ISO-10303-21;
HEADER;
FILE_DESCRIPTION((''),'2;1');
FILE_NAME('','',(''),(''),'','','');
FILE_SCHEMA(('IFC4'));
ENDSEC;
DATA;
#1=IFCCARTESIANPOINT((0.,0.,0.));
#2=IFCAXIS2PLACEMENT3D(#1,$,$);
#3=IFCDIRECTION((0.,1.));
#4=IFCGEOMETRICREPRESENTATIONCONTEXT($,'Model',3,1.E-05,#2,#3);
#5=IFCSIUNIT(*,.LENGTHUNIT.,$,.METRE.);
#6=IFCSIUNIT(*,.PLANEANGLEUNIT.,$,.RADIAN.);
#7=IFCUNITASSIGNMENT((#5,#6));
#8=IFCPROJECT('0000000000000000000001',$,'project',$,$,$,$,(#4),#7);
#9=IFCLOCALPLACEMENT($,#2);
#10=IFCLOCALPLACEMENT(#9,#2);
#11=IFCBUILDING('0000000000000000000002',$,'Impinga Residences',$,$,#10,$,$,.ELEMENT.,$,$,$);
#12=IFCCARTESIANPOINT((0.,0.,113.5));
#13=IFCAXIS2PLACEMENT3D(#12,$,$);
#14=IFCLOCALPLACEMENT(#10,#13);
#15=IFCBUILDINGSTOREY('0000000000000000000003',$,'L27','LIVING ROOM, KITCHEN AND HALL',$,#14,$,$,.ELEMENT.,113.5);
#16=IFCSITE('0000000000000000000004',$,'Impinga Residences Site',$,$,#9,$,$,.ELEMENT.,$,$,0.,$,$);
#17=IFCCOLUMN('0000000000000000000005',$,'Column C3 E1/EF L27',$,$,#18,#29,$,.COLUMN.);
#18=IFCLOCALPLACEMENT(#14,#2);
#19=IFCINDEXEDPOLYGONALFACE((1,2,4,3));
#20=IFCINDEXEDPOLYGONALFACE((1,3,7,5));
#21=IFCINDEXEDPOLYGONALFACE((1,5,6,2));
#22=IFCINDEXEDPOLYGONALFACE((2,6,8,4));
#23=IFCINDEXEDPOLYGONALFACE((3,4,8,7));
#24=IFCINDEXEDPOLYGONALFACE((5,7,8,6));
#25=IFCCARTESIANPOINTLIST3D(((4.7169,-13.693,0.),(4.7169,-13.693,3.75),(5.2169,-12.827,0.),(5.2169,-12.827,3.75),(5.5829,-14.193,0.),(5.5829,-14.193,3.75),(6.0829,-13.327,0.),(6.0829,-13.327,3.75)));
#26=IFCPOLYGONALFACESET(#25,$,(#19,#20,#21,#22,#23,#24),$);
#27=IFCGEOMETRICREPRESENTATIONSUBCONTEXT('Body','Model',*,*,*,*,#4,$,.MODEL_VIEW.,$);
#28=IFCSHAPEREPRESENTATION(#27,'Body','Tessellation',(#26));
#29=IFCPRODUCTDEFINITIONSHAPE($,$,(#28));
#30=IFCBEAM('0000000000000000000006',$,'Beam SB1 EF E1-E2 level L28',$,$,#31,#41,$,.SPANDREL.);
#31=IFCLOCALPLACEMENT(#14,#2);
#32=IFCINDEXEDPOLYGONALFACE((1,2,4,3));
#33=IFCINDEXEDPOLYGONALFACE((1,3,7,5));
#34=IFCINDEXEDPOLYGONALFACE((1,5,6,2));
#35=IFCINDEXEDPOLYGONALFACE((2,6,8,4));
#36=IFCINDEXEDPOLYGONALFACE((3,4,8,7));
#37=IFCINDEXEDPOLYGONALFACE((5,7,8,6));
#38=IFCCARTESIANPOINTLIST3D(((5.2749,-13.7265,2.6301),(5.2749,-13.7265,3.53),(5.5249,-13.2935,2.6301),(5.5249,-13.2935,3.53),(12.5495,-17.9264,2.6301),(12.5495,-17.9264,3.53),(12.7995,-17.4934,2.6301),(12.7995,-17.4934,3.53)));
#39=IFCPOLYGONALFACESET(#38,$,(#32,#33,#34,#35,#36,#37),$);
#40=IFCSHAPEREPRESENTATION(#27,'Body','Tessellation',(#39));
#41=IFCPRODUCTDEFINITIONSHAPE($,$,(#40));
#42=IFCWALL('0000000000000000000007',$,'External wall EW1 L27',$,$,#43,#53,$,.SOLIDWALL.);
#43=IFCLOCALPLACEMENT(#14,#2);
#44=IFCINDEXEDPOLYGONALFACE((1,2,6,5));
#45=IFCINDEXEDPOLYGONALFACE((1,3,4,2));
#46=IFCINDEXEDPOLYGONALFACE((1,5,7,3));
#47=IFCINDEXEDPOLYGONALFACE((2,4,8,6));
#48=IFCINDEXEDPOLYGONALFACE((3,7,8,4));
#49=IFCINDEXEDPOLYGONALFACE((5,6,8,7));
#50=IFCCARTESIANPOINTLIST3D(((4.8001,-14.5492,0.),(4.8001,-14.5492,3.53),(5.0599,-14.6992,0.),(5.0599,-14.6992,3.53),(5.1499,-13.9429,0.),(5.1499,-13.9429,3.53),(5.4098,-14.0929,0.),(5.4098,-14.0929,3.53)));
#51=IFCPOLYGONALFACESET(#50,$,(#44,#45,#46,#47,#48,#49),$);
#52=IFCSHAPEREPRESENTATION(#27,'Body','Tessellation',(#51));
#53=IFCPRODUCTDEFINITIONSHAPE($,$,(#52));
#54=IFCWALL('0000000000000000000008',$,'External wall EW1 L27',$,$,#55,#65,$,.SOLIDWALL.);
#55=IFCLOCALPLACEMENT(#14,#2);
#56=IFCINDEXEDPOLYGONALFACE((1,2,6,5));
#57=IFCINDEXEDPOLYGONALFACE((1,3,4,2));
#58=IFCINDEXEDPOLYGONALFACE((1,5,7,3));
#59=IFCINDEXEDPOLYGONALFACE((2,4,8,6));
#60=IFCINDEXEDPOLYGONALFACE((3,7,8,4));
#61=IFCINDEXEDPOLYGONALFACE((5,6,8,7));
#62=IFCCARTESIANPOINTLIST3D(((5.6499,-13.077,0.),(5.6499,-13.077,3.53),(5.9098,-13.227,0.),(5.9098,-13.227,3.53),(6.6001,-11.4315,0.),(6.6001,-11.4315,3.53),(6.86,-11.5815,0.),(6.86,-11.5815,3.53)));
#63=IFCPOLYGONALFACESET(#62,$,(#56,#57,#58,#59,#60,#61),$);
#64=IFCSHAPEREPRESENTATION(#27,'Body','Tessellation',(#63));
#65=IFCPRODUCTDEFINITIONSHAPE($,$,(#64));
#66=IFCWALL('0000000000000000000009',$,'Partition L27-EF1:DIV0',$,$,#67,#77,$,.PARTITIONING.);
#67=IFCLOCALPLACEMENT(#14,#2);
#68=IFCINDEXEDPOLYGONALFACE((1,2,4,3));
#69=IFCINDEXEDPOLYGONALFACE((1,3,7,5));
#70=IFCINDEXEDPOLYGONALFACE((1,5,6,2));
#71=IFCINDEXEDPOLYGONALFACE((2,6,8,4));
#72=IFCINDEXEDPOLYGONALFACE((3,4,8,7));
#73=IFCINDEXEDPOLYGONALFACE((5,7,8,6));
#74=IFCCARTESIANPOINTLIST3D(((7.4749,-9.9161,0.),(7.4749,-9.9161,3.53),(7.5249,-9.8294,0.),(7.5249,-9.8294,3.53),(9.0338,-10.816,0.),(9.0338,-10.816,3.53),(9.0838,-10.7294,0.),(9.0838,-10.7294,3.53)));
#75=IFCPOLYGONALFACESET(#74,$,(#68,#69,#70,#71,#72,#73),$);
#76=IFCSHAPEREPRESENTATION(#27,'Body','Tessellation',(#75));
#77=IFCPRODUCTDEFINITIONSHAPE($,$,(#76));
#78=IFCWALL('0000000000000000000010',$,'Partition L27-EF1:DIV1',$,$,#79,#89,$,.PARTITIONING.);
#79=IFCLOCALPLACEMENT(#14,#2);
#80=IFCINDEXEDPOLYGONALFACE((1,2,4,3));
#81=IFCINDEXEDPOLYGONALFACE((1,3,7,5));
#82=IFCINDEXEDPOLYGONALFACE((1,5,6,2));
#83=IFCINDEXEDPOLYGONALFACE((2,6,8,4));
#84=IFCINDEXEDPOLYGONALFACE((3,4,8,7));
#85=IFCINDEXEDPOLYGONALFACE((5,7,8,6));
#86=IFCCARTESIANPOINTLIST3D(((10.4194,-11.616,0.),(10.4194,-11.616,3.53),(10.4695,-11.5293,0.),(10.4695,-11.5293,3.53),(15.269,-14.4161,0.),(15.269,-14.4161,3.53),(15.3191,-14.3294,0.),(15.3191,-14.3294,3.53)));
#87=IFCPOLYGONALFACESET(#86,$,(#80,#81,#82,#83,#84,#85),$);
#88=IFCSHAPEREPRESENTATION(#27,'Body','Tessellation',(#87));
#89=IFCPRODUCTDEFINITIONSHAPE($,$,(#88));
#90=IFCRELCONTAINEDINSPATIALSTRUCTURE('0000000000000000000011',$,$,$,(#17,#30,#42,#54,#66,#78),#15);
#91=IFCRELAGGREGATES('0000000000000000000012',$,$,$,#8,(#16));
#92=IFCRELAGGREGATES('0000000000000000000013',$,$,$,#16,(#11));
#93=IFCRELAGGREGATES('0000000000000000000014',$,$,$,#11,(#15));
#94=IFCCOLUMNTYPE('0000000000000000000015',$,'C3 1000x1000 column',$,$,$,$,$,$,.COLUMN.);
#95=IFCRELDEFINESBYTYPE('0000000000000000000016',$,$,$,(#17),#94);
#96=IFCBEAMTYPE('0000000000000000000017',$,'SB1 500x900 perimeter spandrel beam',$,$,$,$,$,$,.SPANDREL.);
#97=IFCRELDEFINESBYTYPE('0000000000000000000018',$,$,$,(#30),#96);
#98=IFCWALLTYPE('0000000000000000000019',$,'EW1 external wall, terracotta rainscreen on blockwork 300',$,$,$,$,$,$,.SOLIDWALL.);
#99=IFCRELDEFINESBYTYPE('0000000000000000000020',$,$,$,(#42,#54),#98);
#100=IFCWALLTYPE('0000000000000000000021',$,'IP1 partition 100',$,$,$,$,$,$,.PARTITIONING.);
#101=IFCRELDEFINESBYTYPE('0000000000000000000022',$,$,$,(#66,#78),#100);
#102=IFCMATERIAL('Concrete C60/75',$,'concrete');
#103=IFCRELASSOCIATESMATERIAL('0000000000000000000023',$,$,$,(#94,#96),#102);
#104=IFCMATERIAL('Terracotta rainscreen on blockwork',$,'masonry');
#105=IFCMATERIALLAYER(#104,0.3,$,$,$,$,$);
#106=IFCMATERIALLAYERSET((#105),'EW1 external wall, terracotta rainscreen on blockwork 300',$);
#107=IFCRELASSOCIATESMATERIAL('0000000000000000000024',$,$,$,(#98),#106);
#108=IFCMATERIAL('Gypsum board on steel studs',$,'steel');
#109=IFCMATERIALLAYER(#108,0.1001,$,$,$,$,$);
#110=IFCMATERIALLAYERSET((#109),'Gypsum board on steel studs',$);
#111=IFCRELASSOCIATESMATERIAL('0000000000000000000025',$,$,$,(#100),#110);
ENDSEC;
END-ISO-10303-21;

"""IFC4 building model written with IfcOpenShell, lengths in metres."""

from ifc_helpers import new_model, si_unit, direction, frame, frame_2d, origin, origin_2d, place, context, subcontext, project, spatial, rectangle, extrude, material, layer, layer_set, material_profile, profile_set, type_object, element, save


model = new_model("IFC4")

# Units and contexts
model_context = context("Model", 3, precision=1e-05, world=origin(), true_north=direction((0.0, 1.0)))
body_context = subcontext(model_context, "Body", "Model", "MODEL_VIEW")
ifc_project = project(units=[si_unit("LENGTHUNIT", "METRE"), si_unit("PLANEANGLEUNIT", "RADIAN")], contexts=[model_context])

# Site, building, storey
site_placement = place(None, origin())
site = spatial("IfcSite", under=ifc_project, at=site_placement, Name="Impinga Residences Site", CompositionType="ELEMENT", RefElevation=0.0)
building_placement = place(site_placement, origin())
building = spatial("IfcBuilding", under=site, at=building_placement, Name="Impinga Residences", CompositionType="ELEMENT")
storey_placement = place(building_placement, frame((0.0, 0.0, 113.5)))
storey = spatial("IfcBuildingStorey", under=building, at=storey_placement, Name="L27", Description="LIVING ROOM, KITCHEN AND HALL", CompositionType="ELEMENT", Elevation=113.5)

# Column
ifc_material_1 = material(Name="Concrete C60/75", Category="concrete")
ifc_material_profile_1 = material_profile(ifc_material_1, rectangle(XDim=1.0, YDim=1.0, at=origin_2d()), Name="RC 1000x1000")
ifc_profile_set_1 = profile_set([ifc_material_profile_1], Name="Concrete C60/75")
column_type = type_object("IfcColumnType", Name="C3 1000x1000 column", PredefinedType="COLUMN", material=ifc_profile_set_1)
column_placement = place(storey_placement, frame((5.3999, -13.51, 0.0), z_axis=(0.0, 0.0, 1.0), x_axis=(-0.5, -0.866025, 0.0)))
element("IfcColumn", 1, at=column_placement, inside=storey, type_object=column_type, Name="Column C3 E1/EF L27", PredefinedType="COLUMN", context=body_context, shape_type="SweptSolid", body=[
    extrude(rectangle(XDim=1.0, YDim=1.0, at=origin_2d()), origin(), (0.0, 0.0, 1.0), 3.75),
])

# Beam
ifc_material_profile_2 = material_profile(ifc_material_1, rectangle(XDim=0.5, YDim=0.8999, at=origin_2d()), Name="RC 500x900")
ifc_profile_set_2 = profile_set([ifc_material_profile_2], Name="Concrete C60/75")
beam_type = type_object("IfcBeamType", Name="SB1 500x900 perimeter spandrel beam", PredefinedType="SPANDREL", material=ifc_profile_set_2)
beam_placement = place(storey_placement, frame((5.3999, -13.51, 3.0801), z_axis=(0.866029, -0.499993, 0.0), x_axis=(0.499993, 0.866029, 0.0)))
element("IfcBeam", 2, at=beam_placement, inside=storey, type_object=beam_type, Name="Beam SB1 EF E1-E2 level L28", PredefinedType="SPANDREL", context=body_context, shape_type="SweptSolid", body=[
    extrude(rectangle(XDim=0.5, YDim=0.8999, at=origin_2d()), origin(), (0.0, 0.0, 1.0), 8.3999),
])

# Walls
ifc_material_2 = material(Name="Terracotta rainscreen on blockwork", Category="masonry")
ifc_layer_1 = layer(ifc_material_2, 0.3)
ifc_layer_set_1 = layer_set([ifc_layer_1], Name="EW1 external wall, terracotta rainscreen on blockwork 300")
wall_type_1 = type_object("IfcWallType", Name="EW1 external wall, terracotta rainscreen on blockwork 300", PredefinedType="SOLIDWALL", material=ifc_layer_set_1)
wall_1_placement = place(storey_placement, frame((4.9299, -14.6243, 0.0), z_axis=(0.0, 0.0, 1.0), x_axis=(0.499853, 0.86611, 0.0)))
element("IfcWall", 3, at=wall_1_placement, inside=storey, type_object=wall_type_1, Name="External wall EW1 L27", PredefinedType="SOLIDWALL", context=body_context, shape_type="SweptSolid", body=[
    extrude(rectangle(XDim=0.7, YDim=0.3, at=frame_2d((0.3501, 0.0))), origin(), (0.0, 0.0, 1.0), 3.53),
])
wall_2_placement = place(storey_placement, frame((5.7798, -13.1521, 0.0), z_axis=(0.0, 0.0, 1.0), x_axis=(0.500064, 0.865989, 0.0)))
element("IfcWall", 4, at=wall_2_placement, inside=storey, type_object=wall_type_1, Name="External wall EW1 L27", PredefinedType="SOLIDWALL", context=body_context, shape_type="SweptSolid", body=[
    extrude(rectangle(XDim=1.9001, YDim=0.3, at=frame_2d((0.9502, 0.0))), origin(), (0.0, 0.0, 1.0), 3.53),
])
ifc_material_3 = material(Name="Gypsum board on steel studs", Category="steel")
ifc_layer_2 = layer(ifc_material_3, 0.1001)
ifc_layer_set_2 = layer_set([ifc_layer_2], Name="Gypsum board on steel studs")
wall_type_2 = type_object("IfcWallType", Name="IP1 partition 100", PredefinedType="PARTITIONING", material=ifc_layer_set_2)
wall_3_placement = place(storey_placement, frame((7.5, -9.8728, 0.0), z_axis=(0.0, 0.0, 1.0), x_axis=(0.866048, -0.499961, 0.0)))
element("IfcWall", 5, at=wall_3_placement, inside=storey, type_object=wall_type_2, Name="Partition L27-EF1:DIV0", PredefinedType="PARTITIONING", context=body_context, shape_type="SweptSolid", body=[
    extrude(rectangle(XDim=1.8, YDim=0.1001, at=frame_2d((0.8999, 0.0))), origin(), (0.0, 0.0, 1.0), 3.53),
])
wall_4_placement = place(storey_placement, frame((10.4446, -11.5728, 0.0), z_axis=(0.0, 0.0, 1.0), x_axis=(0.866016, -0.500017, 0.0)))
element("IfcWall", 6, at=wall_4_placement, inside=storey, type_object=wall_type_2, Name="Partition L27-EF1:DIV1", PredefinedType="PARTITIONING", context=body_context, shape_type="SweptSolid", body=[
    extrude(rectangle(XDim=5.5999, YDim=0.1001, at=frame_2d((2.7998, 0.0))), origin(), (0.0, 0.0, 1.0), 3.53),
])

save(model, "model.ifc")
